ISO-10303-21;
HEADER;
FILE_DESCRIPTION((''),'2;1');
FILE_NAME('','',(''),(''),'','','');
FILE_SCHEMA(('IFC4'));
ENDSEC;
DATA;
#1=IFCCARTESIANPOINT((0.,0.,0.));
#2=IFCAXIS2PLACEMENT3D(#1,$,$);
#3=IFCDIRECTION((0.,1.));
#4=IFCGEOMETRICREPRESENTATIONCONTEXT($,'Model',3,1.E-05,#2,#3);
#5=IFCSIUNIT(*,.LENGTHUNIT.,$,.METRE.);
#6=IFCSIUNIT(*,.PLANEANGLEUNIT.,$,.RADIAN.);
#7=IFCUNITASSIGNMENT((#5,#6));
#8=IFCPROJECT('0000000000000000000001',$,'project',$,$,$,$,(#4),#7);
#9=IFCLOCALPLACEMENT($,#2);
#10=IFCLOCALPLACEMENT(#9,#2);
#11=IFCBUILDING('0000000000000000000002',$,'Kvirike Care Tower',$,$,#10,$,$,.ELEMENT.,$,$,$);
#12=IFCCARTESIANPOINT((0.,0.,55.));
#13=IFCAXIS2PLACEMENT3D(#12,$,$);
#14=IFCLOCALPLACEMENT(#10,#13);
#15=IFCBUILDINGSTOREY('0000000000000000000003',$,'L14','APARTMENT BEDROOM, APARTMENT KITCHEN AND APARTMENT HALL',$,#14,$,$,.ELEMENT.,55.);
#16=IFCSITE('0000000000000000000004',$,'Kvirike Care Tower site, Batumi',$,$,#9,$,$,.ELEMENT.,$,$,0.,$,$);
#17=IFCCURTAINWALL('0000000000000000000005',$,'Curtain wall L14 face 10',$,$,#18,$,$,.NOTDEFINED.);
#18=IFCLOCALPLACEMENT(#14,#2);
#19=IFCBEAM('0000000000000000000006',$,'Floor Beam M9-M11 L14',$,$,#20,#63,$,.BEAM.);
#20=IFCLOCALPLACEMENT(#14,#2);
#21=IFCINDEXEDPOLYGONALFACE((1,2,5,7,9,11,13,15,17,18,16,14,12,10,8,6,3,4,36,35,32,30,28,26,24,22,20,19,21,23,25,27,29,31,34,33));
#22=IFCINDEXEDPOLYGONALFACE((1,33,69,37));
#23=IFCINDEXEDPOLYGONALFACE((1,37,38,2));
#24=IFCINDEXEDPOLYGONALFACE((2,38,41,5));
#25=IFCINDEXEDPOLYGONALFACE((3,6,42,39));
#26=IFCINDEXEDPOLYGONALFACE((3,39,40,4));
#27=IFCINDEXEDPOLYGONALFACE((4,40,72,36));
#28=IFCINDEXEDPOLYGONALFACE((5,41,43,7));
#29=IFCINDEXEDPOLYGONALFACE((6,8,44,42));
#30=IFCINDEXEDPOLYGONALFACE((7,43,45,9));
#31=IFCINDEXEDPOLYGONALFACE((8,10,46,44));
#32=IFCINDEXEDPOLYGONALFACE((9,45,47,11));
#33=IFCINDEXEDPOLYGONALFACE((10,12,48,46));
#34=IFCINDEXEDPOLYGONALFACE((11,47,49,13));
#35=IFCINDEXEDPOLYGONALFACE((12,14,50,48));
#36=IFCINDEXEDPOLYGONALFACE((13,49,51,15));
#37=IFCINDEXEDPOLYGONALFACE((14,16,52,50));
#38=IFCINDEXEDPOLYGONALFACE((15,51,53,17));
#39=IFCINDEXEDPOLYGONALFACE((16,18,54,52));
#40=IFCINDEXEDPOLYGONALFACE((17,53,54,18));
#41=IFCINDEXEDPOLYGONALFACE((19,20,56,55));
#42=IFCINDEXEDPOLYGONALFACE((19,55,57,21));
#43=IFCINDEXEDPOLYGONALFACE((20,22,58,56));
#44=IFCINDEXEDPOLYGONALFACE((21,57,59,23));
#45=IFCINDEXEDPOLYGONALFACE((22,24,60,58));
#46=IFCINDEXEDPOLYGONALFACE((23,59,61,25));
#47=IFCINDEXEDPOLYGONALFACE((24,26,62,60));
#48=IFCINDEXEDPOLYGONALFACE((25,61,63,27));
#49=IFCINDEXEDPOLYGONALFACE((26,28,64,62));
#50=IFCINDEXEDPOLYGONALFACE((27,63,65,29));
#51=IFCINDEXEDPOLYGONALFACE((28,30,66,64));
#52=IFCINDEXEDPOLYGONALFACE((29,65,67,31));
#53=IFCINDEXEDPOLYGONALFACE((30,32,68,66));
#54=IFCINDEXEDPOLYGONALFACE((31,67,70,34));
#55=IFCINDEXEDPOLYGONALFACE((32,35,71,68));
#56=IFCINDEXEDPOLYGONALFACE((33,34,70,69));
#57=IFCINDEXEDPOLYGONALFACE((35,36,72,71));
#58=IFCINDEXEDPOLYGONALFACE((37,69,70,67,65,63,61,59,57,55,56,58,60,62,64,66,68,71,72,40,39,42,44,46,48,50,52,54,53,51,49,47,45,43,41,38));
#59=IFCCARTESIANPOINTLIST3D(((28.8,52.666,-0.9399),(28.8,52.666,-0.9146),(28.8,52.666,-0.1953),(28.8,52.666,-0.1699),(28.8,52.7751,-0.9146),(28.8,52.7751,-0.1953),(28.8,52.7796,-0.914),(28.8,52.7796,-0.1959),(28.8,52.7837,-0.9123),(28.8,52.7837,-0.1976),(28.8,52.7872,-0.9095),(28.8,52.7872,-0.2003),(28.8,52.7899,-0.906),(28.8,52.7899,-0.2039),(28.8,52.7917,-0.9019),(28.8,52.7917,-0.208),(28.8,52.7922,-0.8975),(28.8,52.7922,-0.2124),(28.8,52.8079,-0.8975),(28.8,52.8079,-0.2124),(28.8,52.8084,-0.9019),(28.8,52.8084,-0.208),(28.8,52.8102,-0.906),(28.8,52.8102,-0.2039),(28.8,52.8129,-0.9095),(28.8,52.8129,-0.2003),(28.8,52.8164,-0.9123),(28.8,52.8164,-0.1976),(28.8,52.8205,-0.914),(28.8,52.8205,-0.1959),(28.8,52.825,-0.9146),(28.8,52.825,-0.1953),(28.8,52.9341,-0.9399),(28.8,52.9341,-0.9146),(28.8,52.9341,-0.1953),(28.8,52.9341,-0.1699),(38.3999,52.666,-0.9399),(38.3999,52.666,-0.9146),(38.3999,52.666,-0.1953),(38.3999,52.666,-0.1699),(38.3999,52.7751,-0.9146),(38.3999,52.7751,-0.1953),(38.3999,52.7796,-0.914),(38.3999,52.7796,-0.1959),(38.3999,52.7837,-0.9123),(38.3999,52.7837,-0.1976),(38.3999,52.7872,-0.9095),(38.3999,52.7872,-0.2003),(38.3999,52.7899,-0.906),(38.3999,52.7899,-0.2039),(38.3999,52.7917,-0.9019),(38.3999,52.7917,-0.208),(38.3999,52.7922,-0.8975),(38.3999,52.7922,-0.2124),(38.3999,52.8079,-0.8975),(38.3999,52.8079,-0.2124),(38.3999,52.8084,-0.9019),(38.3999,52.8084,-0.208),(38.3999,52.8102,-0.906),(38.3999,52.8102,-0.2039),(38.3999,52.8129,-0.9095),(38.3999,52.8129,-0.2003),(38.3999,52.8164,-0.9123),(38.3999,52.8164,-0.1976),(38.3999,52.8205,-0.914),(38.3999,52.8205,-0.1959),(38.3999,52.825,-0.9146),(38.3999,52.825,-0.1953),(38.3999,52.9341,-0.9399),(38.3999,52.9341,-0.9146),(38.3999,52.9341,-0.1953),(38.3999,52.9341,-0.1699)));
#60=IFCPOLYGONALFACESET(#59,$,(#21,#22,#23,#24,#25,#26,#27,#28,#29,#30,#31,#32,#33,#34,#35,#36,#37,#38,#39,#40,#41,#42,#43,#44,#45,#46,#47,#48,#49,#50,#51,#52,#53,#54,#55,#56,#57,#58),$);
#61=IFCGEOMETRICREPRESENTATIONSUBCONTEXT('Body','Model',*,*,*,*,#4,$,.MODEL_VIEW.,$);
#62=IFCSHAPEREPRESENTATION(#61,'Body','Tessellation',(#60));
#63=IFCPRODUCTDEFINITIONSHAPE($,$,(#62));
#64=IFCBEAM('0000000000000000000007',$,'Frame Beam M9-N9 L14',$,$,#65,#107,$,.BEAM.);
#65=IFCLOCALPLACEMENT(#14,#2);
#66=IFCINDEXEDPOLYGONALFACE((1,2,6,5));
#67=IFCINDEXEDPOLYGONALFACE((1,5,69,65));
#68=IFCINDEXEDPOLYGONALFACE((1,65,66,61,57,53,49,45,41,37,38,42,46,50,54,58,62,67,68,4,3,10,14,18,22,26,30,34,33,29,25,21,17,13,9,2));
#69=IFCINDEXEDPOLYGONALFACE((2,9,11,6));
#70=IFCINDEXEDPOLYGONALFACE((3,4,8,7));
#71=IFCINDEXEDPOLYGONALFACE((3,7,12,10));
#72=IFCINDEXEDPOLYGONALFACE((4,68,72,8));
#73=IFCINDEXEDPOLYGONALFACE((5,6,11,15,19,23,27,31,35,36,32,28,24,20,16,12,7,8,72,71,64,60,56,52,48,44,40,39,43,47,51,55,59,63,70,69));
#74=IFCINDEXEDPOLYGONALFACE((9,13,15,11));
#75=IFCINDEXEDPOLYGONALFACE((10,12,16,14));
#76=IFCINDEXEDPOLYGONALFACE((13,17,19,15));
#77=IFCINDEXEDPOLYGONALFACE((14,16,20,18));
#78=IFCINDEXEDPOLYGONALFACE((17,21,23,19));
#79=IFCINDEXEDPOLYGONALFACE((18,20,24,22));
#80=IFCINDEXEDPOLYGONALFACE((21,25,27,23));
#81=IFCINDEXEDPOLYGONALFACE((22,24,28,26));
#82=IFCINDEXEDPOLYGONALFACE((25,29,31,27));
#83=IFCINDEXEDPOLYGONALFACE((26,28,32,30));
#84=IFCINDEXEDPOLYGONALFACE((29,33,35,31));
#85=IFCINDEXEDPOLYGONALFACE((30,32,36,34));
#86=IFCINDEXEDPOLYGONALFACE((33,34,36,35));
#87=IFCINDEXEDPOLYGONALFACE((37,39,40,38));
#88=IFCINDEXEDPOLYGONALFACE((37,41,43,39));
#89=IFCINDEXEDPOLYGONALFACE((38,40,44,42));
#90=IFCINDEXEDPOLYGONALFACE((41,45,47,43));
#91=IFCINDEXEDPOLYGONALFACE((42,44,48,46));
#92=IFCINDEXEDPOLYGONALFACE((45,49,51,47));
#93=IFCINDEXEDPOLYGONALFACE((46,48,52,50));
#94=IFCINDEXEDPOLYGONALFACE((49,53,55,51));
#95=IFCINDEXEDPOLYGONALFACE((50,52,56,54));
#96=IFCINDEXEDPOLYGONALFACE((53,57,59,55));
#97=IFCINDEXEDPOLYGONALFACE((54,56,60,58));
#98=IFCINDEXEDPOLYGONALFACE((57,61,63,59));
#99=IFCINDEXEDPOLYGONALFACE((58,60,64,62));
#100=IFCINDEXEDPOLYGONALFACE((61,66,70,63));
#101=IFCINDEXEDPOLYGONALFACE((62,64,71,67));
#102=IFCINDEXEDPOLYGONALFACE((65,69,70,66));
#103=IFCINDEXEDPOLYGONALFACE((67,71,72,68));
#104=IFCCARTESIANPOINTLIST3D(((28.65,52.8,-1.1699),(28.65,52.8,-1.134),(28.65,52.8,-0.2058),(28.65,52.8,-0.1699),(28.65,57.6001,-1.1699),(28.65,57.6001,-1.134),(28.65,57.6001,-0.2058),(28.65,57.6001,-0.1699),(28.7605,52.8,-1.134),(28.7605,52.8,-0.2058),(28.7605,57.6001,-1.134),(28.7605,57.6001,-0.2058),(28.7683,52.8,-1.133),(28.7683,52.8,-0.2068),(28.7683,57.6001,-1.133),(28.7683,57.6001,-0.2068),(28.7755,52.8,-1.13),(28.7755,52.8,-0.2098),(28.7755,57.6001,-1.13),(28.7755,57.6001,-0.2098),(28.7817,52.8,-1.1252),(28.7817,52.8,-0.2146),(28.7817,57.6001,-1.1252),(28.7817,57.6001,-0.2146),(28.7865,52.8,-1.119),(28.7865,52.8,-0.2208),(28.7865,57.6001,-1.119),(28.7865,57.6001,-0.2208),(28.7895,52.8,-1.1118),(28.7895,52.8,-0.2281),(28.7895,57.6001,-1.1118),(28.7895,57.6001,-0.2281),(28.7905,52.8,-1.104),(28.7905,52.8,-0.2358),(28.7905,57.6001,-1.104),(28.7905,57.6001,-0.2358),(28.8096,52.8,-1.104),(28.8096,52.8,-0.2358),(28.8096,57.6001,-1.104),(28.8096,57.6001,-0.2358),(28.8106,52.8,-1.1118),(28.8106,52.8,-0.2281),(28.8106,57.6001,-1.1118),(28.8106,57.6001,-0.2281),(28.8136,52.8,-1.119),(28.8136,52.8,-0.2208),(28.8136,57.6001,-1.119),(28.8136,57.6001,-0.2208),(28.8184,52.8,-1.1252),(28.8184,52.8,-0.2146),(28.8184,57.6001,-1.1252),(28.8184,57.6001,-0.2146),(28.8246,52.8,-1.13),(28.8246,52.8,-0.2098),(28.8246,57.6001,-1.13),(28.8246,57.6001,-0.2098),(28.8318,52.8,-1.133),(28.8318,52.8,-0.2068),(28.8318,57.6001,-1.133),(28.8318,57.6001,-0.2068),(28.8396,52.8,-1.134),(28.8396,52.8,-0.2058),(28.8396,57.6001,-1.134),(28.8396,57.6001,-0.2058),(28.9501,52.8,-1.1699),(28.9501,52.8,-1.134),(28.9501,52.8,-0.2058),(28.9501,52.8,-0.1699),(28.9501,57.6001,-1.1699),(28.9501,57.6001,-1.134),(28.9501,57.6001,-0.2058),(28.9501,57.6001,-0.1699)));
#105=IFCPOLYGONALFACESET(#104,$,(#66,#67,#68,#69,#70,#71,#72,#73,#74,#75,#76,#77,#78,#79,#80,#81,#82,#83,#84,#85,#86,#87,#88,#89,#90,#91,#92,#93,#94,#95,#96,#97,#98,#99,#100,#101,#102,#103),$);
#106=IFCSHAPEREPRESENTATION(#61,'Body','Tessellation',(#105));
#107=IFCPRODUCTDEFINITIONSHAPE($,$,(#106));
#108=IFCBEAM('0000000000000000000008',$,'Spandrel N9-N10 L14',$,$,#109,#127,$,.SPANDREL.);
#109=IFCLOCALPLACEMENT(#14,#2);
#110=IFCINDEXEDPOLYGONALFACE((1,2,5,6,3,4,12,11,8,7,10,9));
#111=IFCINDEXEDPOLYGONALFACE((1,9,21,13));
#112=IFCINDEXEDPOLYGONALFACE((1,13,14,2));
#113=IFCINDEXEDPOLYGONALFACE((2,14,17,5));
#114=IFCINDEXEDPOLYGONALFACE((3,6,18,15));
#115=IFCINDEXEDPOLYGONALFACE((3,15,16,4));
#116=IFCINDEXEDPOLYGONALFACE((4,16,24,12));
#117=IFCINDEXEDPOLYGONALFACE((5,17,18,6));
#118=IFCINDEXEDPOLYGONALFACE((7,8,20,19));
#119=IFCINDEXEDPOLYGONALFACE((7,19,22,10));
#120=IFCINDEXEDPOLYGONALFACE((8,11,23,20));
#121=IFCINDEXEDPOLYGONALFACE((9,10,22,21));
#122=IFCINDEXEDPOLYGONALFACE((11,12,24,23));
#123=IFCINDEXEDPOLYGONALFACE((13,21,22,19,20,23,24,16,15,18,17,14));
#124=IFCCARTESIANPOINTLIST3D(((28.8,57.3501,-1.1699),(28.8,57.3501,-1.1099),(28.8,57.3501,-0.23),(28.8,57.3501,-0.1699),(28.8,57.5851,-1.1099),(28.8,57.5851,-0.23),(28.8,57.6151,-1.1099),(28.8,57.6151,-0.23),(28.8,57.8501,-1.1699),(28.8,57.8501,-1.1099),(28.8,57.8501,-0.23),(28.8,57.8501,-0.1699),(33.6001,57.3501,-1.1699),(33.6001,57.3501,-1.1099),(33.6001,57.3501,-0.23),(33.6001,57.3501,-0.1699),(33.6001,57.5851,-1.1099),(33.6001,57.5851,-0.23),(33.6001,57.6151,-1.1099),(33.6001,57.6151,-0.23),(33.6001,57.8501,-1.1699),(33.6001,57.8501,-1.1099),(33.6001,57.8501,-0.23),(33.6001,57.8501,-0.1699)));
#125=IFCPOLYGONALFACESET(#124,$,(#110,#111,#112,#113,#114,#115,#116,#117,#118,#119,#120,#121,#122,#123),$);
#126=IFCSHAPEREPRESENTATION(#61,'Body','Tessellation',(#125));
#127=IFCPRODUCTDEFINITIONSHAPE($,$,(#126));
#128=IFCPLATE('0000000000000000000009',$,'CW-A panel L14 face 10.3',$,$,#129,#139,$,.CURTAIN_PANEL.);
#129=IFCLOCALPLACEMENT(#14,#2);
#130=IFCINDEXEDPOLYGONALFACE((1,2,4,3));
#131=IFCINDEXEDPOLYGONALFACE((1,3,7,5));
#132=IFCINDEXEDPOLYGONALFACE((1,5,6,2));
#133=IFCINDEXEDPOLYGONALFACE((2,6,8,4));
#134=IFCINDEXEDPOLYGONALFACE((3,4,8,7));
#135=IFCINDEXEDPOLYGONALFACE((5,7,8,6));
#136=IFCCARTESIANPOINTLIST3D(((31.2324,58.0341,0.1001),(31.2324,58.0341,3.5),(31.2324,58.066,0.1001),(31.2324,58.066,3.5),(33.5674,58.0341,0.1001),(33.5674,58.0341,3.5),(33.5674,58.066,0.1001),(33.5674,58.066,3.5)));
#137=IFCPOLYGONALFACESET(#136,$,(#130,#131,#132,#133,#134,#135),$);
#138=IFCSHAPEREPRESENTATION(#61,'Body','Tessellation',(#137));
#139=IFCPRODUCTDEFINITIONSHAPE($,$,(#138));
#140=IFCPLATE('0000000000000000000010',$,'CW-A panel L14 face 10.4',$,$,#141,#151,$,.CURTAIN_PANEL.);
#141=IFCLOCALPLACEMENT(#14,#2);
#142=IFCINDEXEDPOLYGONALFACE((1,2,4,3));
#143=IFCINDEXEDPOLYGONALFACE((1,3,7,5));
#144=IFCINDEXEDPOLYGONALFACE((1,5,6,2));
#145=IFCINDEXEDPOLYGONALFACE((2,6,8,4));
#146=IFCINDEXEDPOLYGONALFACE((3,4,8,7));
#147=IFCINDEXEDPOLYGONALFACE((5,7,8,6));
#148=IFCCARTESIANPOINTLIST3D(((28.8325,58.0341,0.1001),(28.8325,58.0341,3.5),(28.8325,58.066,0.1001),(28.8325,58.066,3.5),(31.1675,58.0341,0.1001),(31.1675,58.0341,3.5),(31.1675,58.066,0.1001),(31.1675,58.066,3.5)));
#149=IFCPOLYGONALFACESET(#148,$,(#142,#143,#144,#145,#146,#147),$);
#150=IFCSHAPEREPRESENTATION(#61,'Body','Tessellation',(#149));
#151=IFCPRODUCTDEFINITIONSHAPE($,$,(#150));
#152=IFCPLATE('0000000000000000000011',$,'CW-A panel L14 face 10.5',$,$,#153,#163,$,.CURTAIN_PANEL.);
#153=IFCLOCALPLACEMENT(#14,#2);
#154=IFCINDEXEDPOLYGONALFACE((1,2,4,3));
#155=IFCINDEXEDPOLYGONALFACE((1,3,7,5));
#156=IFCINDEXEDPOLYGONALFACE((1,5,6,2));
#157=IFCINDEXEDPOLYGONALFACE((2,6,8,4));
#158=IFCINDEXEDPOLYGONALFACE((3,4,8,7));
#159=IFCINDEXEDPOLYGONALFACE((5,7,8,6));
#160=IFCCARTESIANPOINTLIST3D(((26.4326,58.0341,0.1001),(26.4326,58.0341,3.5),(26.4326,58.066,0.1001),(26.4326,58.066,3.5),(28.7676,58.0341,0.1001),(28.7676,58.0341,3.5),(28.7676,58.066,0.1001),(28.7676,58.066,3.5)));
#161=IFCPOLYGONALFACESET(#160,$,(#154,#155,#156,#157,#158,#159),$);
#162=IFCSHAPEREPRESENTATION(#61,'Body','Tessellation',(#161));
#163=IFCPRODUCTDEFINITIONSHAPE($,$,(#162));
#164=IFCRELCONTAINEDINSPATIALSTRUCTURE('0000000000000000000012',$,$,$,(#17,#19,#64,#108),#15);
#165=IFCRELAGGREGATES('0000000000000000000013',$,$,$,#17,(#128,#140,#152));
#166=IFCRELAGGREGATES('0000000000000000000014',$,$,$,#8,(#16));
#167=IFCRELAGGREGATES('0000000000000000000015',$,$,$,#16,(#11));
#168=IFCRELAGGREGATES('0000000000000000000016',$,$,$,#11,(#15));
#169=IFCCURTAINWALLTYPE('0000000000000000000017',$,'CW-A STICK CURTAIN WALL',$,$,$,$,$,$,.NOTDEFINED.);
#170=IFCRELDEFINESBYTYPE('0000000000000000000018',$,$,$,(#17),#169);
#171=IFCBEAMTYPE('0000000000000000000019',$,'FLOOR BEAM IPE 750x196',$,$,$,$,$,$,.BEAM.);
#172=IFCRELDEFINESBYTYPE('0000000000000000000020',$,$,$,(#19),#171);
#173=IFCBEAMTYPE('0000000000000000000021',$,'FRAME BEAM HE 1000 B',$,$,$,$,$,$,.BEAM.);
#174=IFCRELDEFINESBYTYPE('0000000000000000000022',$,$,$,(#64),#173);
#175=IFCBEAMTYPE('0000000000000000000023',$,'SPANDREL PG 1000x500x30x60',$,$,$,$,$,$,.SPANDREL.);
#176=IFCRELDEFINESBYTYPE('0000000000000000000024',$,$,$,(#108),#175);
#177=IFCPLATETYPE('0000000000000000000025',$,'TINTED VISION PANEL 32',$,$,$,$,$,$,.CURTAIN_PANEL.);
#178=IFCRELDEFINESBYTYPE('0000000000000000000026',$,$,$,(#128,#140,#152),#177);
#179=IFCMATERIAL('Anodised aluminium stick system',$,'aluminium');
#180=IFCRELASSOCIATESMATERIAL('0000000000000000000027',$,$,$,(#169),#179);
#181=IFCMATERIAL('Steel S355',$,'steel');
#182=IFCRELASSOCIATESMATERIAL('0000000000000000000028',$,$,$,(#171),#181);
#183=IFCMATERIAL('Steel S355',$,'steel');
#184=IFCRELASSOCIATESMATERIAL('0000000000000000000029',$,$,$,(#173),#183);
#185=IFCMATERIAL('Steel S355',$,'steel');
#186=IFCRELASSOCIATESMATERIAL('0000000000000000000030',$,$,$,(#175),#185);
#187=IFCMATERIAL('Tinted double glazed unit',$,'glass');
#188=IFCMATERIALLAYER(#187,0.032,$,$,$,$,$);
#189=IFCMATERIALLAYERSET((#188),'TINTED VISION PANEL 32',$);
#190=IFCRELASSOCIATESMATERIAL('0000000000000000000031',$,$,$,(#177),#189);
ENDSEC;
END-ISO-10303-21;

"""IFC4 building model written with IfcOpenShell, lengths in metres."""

from ifc_helpers import new_model, si_unit, direction, frame, origin, origin_2d, place, context, subcontext, project, spatial, rectangle, i_section, extrude, material, layer, layer_set, material_profile, profile_set, type_object, element, aggregate, save


model = new_model("IFC4")

# Units and contexts
model_context = context("Model", 3, precision=1e-05, world=origin(), true_north=direction((0.0, 1.0)))
body_context = subcontext(model_context, "Body", "Model", "MODEL_VIEW")
ifc_project = project(units=[si_unit("LENGTHUNIT", "METRE"), si_unit("PLANEANGLEUNIT", "RADIAN")], contexts=[model_context])

# Site, building, storey
site_placement = place(None, origin())
site = spatial("IfcSite", under=ifc_project, at=site_placement, Name="Kvirike Care Tower site, Batumi", CompositionType="ELEMENT", RefElevation=0.0)
building_placement = place(site_placement, origin())
building = spatial("IfcBuilding", under=site, at=building_placement, Name="Kvirike Care Tower", CompositionType="ELEMENT")
storey_placement = place(building_placement, frame((0.0, 0.0, 55.0)))
storey = spatial("IfcBuildingStorey", under=building, at=storey_placement, Name="L14", Description="APARTMENT BEDROOM, APARTMENT KITCHEN AND APARTMENT HALL", CompositionType="ELEMENT", Elevation=55.0)

# Curtain wall
ifc_material_1 = material(Name="Anodised aluminium stick system", Category="aluminium")
curtain_wall_type = type_object("IfcCurtainWallType", Name="CW-A STICK CURTAIN WALL", PredefinedType="NOTDEFINED", material=ifc_material_1)
curtain_wall_placement = place(storey_placement, origin())
curtain_wall = element("IfcCurtainWall", 1, at=curtain_wall_placement, inside=storey, type_object=curtain_wall_type, Name="Curtain wall L14 face 10", PredefinedType="NOTDEFINED")

# Beams
ifc_material_2 = material(Name="Steel S355", Category="steel")
ifc_material_profile_1 = material_profile(ifc_material_2, i_section(OverallWidth=0.2681, OverallDepth=0.77, WebThickness=0.0156, FlangeThickness=0.0254, FilletRadius=0.0171, at=origin_2d()), Name="IPE 750x196")
ifc_profile_set_1 = profile_set([ifc_material_profile_1], Name="Steel S355")
beam_type_1 = type_object("IfcBeamType", Name="FLOOR BEAM IPE 750x196", PredefinedType="BEAM", material=ifc_profile_set_1)
beam_1_placement = place(storey_placement, frame((28.8, 52.8, -0.5549), z_axis=(1.0, 0.0, 0.0), x_axis=(0.0, 1.0, 0.0)))
element("IfcBeam", 2, at=beam_1_placement, inside=storey, type_object=beam_type_1, Name="Floor Beam M9-M11 L14", PredefinedType="BEAM", context=body_context, shape_type="SweptSolid", body=[
    extrude(i_section(OverallWidth=0.2681, OverallDepth=0.77, WebThickness=0.0156, FlangeThickness=0.0254, FilletRadius=0.0171, at=origin_2d()), origin(), (0.0, 0.0, 1.0), 9.5999),
])
ifc_material_3 = material(Name="Steel S355", Category="steel")
ifc_material_profile_2 = material_profile(ifc_material_3, i_section(OverallWidth=0.3, OverallDepth=1.0, WebThickness=0.019, FlangeThickness=0.0359, FilletRadius=0.03, at=origin_2d()), Name="HE 1000 B")
ifc_profile_set_2 = profile_set([ifc_material_profile_2], Name="Steel S355")
beam_type_2 = type_object("IfcBeamType", Name="FRAME BEAM HE 1000 B", PredefinedType="BEAM", material=ifc_profile_set_2)
beam_2_placement = place(storey_placement, frame((28.8, 52.8, -0.6699), z_axis=(0.0, 1.0, 0.0), x_axis=(-1.0, 0.0, 0.0)))
element("IfcBeam", 3, at=beam_2_placement, inside=storey, type_object=beam_type_2, Name="Frame Beam M9-N9 L14", PredefinedType="BEAM", context=body_context, shape_type="SweptSolid", body=[
    extrude(i_section(OverallWidth=0.3, OverallDepth=1.0, WebThickness=0.019, FlangeThickness=0.0359, FilletRadius=0.03, at=origin_2d()), origin(), (0.0, 0.0, 1.0), 4.8),
])
ifc_material_4 = material(Name="Steel S355", Category="steel")
ifc_material_profile_3 = material_profile(ifc_material_4, i_section(OverallWidth=0.5, OverallDepth=1.0, WebThickness=0.03, FlangeThickness=0.0601, at=origin_2d()), Name="PG 1000x500x30x60")
ifc_profile_set_3 = profile_set([ifc_material_profile_3], Name="Steel S355")
beam_type_3 = type_object("IfcBeamType", Name="SPANDREL PG 1000x500x30x60", PredefinedType="SPANDREL", material=ifc_profile_set_3)
beam_3_placement = place(storey_placement, frame((28.8, 57.6001, -0.6699), z_axis=(1.0, 0.0, 0.0), x_axis=(0.0, 1.0, 0.0)))
element("IfcBeam", 4, at=beam_3_placement, inside=storey, type_object=beam_type_3, Name="Spandrel N9-N10 L14", PredefinedType="SPANDREL", context=body_context, shape_type="SweptSolid", body=[
    extrude(i_section(OverallWidth=0.5, OverallDepth=1.0, WebThickness=0.03, FlangeThickness=0.0601, at=origin_2d()), origin(), (0.0, 0.0, 1.0), 4.8),
])

# Plates
ifc_material_5 = material(Name="Tinted double glazed unit", Category="glass")
ifc_layer_1 = layer(ifc_material_5, 0.032)
ifc_layer_set_1 = layer_set([ifc_layer_1], Name="TINTED VISION PANEL 32")
plate_type = type_object("IfcPlateType", Name="TINTED VISION PANEL 32", PredefinedType="CURTAIN_PANEL", material=ifc_layer_set_1)
plate_1_placement = place(storey_placement, frame((32.3999, 58.05, 0.1001), z_axis=(0.0, 0.0, 1.0), x_axis=(-1.0, 0.0, 0.0)))
plate_1 = element("IfcPlate", 5, at=plate_1_placement, type_object=plate_type, Name="CW-A panel L14 face 10.3", PredefinedType="CURTAIN_PANEL", context=body_context, shape_type="SweptSolid", body=[
    extrude(rectangle(XDim=2.335, YDim=0.032, at=origin_2d()), origin(), (0.0, 0.0, 1.0), 3.3999),
])
plate_2_placement = place(storey_placement, frame((30.0, 58.05, 0.1001), z_axis=(0.0, 0.0, 1.0), x_axis=(-1.0, 0.0, 0.0)))
plate_2 = element("IfcPlate", 6, at=plate_2_placement, type_object=plate_type, Name="CW-A panel L14 face 10.4", PredefinedType="CURTAIN_PANEL", context=body_context, shape_type="SweptSolid", body=[
    extrude(rectangle(XDim=2.335, YDim=0.032, at=origin_2d()), origin(), (0.0, 0.0, 1.0), 3.3999),
])
plate_3_placement = place(storey_placement, frame((27.6001, 58.05, 0.1001), z_axis=(0.0, 0.0, 1.0), x_axis=(-1.0, 0.0, 0.0)))
plate_3 = element("IfcPlate", 7, at=plate_3_placement, type_object=plate_type, Name="CW-A panel L14 face 10.5", PredefinedType="CURTAIN_PANEL", context=body_context, shape_type="SweptSolid", body=[
    extrude(rectangle(XDim=2.335, YDim=0.032, at=origin_2d()), origin(), (0.0, 0.0, 1.0), 3.3999),
])
aggregate(curtain_wall, [plate_1, plate_2, plate_3])

save(model, "model.ifc")
